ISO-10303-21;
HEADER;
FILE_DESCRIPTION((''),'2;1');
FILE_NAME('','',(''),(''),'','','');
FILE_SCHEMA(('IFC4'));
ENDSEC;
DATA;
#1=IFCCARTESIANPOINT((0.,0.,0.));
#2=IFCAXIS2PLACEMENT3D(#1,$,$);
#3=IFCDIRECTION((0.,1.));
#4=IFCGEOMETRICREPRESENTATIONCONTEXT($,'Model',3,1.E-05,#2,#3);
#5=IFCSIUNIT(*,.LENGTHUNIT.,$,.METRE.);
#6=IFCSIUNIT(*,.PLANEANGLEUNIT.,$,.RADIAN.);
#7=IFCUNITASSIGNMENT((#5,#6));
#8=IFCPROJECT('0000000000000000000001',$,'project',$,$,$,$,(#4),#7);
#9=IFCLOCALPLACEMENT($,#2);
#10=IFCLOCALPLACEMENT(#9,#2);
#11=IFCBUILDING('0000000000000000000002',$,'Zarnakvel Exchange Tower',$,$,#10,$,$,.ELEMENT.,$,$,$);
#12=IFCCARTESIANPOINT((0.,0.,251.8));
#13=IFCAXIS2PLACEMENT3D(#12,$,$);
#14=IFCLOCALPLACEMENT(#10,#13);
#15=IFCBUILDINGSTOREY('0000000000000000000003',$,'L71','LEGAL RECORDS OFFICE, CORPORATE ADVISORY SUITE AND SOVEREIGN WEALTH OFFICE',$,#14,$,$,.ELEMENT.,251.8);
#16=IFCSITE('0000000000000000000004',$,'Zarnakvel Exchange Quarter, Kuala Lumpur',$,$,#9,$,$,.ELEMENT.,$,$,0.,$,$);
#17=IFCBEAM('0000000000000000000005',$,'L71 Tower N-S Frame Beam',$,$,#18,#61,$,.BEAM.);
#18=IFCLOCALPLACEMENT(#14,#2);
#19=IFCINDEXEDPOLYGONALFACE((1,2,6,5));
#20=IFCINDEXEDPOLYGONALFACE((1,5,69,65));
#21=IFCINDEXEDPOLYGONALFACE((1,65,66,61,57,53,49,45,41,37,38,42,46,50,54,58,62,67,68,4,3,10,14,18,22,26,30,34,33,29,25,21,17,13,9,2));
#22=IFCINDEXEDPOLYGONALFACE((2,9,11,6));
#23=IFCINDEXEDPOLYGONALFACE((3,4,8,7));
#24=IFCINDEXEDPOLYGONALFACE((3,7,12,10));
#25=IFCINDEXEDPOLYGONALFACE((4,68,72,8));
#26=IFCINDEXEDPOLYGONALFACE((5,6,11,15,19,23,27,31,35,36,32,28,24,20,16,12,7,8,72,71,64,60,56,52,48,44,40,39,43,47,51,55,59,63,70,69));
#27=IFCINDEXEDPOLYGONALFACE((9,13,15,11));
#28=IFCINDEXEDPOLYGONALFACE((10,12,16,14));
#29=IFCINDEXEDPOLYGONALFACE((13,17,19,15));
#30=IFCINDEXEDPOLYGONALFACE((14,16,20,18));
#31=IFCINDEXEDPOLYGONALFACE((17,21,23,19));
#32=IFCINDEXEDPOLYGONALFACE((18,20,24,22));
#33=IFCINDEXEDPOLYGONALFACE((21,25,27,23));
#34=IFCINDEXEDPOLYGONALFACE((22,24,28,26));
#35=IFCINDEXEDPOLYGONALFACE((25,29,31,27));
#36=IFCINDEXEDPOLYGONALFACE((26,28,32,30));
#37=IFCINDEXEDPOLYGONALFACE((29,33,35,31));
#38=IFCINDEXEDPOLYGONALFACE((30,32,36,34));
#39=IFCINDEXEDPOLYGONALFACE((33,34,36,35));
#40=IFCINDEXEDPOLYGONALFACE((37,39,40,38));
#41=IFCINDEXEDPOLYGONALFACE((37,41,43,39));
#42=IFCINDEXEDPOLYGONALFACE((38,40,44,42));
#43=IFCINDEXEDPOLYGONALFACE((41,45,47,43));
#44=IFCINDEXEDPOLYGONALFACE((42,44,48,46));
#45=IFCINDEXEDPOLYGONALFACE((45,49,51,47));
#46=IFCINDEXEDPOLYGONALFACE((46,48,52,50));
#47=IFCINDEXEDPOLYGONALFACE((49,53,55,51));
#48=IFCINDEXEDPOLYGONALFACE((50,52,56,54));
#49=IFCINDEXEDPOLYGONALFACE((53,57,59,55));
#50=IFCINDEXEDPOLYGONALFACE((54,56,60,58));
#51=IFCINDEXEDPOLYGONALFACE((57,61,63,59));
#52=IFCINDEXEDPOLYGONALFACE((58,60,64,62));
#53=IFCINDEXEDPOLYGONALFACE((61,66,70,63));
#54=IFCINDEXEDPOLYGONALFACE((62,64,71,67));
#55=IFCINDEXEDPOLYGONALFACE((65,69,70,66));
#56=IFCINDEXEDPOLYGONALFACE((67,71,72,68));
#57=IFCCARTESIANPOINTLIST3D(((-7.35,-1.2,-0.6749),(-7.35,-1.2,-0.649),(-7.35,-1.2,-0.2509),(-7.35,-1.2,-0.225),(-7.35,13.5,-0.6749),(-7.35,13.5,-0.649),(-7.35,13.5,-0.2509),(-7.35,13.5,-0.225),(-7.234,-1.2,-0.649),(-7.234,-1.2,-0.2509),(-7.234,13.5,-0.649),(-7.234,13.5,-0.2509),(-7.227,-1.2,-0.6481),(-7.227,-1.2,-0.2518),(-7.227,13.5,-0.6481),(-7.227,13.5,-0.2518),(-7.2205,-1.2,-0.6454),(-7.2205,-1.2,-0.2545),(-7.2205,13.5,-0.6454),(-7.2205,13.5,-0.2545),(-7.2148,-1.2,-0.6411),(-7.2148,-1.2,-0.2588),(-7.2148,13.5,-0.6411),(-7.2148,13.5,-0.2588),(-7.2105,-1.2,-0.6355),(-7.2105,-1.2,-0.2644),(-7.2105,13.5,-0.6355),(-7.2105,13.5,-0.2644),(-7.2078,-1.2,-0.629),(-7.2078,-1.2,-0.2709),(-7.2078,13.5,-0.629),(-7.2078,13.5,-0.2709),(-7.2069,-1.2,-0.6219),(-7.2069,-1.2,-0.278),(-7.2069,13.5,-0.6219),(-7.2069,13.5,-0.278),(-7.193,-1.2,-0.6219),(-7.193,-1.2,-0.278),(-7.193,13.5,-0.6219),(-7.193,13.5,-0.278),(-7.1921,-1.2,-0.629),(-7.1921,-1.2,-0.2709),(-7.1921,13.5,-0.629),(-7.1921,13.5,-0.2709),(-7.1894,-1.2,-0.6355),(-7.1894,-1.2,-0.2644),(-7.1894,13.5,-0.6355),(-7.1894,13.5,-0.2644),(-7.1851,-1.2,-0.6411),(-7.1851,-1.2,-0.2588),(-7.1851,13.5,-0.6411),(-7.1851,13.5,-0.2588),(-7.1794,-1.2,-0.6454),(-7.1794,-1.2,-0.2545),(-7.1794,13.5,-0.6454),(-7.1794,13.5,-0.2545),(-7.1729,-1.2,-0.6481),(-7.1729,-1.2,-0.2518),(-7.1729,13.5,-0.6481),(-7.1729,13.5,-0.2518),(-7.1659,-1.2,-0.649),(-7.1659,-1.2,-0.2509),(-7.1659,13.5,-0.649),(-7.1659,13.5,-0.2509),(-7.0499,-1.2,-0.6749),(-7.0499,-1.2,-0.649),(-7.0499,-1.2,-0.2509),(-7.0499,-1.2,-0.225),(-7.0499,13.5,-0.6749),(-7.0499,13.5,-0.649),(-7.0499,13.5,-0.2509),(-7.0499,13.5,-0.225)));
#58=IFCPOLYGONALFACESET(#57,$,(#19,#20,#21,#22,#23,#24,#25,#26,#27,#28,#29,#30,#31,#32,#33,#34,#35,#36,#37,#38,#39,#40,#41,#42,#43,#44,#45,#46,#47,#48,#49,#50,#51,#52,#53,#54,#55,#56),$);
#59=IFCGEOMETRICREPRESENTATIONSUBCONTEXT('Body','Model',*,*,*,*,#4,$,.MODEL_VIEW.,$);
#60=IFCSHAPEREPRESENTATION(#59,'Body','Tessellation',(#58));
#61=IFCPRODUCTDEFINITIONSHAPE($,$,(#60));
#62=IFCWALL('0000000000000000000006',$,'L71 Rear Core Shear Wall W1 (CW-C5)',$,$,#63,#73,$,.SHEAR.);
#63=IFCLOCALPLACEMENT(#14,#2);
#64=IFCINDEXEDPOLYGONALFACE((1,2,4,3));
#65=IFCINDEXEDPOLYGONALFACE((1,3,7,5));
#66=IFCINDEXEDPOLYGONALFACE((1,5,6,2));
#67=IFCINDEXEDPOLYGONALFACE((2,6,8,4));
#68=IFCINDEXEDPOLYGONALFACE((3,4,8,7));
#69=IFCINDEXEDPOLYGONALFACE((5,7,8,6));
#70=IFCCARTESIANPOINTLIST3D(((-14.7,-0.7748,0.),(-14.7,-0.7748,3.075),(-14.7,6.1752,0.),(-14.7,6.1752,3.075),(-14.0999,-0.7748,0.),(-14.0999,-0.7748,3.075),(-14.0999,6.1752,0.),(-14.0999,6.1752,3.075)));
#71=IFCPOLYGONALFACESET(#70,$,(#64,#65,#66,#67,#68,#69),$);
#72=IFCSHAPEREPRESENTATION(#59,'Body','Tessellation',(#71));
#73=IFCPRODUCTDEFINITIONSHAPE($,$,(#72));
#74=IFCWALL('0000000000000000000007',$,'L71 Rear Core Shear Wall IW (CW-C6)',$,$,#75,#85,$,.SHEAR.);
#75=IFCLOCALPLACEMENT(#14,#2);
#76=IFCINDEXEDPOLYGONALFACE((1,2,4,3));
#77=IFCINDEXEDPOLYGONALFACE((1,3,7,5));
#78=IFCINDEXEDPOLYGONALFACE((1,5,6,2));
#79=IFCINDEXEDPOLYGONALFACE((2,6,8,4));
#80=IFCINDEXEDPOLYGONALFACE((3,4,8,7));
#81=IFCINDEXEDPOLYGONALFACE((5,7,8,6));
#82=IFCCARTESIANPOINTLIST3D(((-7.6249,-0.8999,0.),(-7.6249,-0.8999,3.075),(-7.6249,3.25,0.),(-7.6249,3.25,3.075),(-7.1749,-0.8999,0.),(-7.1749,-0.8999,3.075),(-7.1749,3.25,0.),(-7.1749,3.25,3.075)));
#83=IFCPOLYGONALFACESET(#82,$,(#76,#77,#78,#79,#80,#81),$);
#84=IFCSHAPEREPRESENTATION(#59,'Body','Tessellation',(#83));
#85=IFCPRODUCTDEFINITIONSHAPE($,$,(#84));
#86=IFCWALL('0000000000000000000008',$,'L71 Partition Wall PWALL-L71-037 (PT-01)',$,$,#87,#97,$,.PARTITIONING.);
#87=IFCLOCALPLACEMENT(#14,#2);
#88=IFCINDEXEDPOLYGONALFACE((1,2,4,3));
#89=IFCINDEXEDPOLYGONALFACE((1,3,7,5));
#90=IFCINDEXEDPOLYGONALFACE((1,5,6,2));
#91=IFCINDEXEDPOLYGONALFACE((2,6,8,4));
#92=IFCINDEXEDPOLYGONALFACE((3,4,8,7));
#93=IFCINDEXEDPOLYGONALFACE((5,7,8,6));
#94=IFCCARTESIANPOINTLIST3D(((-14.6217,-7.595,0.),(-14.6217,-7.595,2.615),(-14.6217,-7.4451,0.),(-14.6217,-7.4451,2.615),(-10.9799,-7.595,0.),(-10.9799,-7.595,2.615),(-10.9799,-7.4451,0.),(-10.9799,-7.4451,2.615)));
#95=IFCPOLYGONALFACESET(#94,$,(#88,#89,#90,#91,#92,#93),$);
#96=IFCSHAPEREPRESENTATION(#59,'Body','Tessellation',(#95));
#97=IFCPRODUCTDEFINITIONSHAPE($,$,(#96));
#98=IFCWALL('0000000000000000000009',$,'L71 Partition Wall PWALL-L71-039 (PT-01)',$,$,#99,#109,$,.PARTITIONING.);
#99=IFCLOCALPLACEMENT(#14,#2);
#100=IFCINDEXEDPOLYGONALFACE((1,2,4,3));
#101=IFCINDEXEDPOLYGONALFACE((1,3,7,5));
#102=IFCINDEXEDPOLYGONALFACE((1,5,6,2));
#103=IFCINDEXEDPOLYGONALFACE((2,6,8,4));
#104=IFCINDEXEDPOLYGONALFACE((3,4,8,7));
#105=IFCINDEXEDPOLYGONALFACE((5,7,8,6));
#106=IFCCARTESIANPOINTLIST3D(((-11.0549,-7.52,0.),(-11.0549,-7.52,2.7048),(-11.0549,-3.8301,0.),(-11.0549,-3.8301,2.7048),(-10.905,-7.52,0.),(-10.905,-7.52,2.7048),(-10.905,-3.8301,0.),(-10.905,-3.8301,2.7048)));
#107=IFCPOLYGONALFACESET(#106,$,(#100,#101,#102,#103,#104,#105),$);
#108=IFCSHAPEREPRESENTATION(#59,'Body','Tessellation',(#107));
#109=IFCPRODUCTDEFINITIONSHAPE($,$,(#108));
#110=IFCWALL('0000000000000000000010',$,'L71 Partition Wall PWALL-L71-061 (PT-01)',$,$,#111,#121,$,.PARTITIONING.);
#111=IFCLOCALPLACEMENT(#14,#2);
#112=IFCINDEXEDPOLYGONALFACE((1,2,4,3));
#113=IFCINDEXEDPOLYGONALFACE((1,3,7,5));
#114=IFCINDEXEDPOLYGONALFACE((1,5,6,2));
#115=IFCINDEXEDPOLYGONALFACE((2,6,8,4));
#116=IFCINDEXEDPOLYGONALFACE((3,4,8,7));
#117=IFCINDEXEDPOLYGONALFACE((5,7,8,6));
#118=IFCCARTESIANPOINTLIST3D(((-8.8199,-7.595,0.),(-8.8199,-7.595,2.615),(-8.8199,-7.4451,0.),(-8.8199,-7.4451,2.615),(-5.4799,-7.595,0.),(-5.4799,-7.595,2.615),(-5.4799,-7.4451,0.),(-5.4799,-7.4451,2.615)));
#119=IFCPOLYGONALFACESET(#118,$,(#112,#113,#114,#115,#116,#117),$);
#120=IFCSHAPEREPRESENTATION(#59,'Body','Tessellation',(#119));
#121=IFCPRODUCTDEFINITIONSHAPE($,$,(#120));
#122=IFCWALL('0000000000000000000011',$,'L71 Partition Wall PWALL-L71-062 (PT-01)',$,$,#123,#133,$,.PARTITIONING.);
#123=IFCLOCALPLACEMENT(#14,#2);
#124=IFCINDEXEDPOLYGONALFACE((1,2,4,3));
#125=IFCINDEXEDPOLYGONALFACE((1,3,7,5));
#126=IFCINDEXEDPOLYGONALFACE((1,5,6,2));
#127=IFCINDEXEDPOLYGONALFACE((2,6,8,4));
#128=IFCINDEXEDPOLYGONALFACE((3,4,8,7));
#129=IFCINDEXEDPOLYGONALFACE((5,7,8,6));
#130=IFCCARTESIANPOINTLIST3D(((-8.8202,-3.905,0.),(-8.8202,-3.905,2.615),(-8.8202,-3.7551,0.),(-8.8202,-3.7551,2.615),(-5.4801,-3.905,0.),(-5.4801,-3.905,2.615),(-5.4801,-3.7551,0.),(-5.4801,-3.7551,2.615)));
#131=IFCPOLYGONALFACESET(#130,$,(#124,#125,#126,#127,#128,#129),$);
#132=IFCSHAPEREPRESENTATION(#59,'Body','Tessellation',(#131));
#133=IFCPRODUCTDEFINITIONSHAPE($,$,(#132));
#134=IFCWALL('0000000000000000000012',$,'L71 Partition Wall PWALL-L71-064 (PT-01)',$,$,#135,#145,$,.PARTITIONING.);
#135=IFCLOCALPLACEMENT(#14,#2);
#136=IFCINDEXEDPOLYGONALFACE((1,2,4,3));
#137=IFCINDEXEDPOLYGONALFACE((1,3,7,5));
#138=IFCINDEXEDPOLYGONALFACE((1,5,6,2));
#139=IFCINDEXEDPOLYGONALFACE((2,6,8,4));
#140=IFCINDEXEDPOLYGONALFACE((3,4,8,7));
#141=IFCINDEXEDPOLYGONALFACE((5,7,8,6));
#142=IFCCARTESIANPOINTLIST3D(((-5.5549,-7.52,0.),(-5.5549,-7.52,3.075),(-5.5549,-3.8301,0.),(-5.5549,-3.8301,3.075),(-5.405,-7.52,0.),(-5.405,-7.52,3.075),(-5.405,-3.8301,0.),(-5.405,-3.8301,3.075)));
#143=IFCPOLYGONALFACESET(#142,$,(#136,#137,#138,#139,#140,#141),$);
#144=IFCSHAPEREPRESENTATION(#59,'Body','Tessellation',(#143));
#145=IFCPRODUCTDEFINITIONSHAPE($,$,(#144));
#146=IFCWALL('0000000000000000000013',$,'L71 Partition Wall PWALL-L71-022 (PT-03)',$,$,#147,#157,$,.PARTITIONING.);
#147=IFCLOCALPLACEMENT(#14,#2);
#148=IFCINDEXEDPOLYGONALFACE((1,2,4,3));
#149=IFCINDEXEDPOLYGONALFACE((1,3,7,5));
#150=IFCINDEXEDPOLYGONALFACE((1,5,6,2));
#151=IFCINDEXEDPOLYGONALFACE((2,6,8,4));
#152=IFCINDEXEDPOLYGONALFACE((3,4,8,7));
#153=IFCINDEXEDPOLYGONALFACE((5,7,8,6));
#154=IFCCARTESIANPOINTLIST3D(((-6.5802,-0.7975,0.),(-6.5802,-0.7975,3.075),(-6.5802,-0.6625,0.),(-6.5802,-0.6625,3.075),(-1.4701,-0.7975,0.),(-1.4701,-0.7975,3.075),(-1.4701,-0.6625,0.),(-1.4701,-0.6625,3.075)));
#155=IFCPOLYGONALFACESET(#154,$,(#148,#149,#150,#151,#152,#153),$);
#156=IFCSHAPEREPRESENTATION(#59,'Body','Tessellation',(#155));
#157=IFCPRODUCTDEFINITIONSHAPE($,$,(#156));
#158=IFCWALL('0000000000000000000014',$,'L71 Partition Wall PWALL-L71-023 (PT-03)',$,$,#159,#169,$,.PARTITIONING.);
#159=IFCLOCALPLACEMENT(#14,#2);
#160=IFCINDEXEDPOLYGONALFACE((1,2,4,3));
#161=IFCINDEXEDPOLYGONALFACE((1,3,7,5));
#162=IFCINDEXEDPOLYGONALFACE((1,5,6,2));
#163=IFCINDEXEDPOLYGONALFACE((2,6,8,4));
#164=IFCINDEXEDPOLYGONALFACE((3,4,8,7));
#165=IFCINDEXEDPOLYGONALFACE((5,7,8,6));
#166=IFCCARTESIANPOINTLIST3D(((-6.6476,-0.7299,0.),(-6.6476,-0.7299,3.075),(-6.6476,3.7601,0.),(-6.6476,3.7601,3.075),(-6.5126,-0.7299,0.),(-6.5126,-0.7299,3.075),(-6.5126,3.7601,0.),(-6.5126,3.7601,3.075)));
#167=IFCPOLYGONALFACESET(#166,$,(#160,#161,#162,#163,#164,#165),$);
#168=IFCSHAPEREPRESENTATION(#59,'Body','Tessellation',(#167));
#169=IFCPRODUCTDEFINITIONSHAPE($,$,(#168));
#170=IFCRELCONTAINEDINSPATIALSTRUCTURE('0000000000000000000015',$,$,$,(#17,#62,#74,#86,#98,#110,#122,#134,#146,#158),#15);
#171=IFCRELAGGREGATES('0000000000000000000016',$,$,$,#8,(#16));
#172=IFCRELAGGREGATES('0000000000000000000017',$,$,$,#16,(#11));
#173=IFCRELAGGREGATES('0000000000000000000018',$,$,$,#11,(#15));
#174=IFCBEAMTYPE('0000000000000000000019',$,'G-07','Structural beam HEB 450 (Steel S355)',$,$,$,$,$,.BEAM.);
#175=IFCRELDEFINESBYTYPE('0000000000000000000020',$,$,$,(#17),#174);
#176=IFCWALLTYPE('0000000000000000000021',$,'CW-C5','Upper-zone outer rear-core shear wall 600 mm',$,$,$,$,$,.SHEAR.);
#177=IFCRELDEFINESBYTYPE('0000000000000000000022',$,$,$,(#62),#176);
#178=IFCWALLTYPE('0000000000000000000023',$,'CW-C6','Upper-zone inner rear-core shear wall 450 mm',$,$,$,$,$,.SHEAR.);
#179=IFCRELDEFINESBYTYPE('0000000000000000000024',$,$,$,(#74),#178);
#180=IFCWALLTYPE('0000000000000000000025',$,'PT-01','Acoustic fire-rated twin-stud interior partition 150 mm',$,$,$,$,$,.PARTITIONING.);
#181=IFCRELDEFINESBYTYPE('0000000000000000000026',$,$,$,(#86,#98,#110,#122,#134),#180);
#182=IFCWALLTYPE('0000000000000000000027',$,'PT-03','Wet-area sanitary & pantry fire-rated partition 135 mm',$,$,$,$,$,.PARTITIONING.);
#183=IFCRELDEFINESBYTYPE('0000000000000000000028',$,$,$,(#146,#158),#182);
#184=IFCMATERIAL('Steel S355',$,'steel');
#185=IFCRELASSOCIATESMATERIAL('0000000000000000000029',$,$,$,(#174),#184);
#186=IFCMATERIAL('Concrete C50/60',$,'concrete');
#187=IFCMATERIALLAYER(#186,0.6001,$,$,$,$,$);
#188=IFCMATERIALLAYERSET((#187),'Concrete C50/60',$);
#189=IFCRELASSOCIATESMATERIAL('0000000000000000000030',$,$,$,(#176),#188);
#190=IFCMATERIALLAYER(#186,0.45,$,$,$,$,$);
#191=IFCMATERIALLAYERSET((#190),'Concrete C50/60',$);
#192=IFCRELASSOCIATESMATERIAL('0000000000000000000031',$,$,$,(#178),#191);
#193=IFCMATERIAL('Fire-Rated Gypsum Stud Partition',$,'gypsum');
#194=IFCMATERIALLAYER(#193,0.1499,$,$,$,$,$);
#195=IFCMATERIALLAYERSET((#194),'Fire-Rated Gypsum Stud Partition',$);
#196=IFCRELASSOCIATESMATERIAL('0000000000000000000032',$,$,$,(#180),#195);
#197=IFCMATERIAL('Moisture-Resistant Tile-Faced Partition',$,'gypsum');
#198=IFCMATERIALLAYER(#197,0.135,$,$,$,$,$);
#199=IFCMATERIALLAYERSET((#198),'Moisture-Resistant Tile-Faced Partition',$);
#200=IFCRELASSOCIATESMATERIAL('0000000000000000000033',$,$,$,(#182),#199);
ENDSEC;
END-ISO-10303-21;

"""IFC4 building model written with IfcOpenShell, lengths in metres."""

from ifc_helpers import new_model, si_unit, direction, frame, frame_2d, origin, origin_2d, place, context, subcontext, project, spatial, rectangle, i_section, extrude, material, layer, layer_set, material_profile, profile_set, type_object, element, save


model = new_model("IFC4")

# Units and contexts
model_context = context("Model", 3, precision=1e-05, world=origin(), true_north=direction((0.0, 1.0)))
body_context = subcontext(model_context, "Body", "Model", "MODEL_VIEW")
ifc_project = project(units=[si_unit("LENGTHUNIT", "METRE"), si_unit("PLANEANGLEUNIT", "RADIAN")], contexts=[model_context])

# Site, building, storey
site_placement = place(None, origin())
site = spatial("IfcSite", under=ifc_project, at=site_placement, Name="Zarnakvel Exchange Quarter, Kuala Lumpur", CompositionType="ELEMENT", RefElevation=0.0)
building_placement = place(site_placement, origin())
building = spatial("IfcBuilding", under=site, at=building_placement, Name="Zarnakvel Exchange Tower", CompositionType="ELEMENT")
storey_placement = place(building_placement, frame((0.0, 0.0, 251.8)))
storey = spatial("IfcBuildingStorey", under=building, at=storey_placement, Name="L71", Description="LEGAL RECORDS OFFICE, CORPORATE ADVISORY SUITE AND SOVEREIGN WEALTH OFFICE", CompositionType="ELEMENT", Elevation=251.8)

# Shared definitions
ifc_material_1 = material(Name="Concrete C50/60", Category="concrete")

# Beam
ifc_material_2 = material(Name="Steel S355", Category="steel")
ifc_material_profile_1 = material_profile(ifc_material_2, i_section(OverallWidth=0.3, OverallDepth=0.45, WebThickness=0.0139, FlangeThickness=0.0259, FilletRadius=0.0271, at=origin_2d()))
ifc_profile_set_1 = profile_set([ifc_material_profile_1], Name="Steel S355")
beam_type_1 = type_object("IfcBeamType", Name="G-07", Description="Structural beam HEB 450 (Steel S355)", PredefinedType="BEAM", material=ifc_profile_set_1)
beam_1_placement = place(storey_placement, frame((-7.2, -1.2, -0.45), z_axis=(0.0, 1.0, 0.0), x_axis=(-1.0, 0.0, 0.0)))
element("IfcBeam", 1, at=beam_1_placement, inside=storey, type_object=beam_type_1, Name="L71 Tower N-S Frame Beam", PredefinedType="BEAM", context=body_context, shape_type="SweptSolid", body=[
    extrude(i_section(OverallWidth=0.3, OverallDepth=0.45, WebThickness=0.0139, FlangeThickness=0.0259, FilletRadius=0.0271, at=origin_2d()), origin(), (0.0, 0.0, 1.0), 14.7),
])

# Wall
ifc_layer_1 = layer(ifc_material_1, 0.6001)
ifc_layer_set_1 = layer_set([ifc_layer_1], Name="Concrete C50/60")
wall_type_1 = type_object("IfcWallType", Name="CW-C5", Description="Upper-zone outer rear-core shear wall 600 mm", PredefinedType="SHEAR", material=ifc_layer_set_1)
wall_1_placement = place(storey_placement, frame((-14.3999, -0.7749, 0.0), z_axis=(0.0, 0.0, 1.0), x_axis=(0.0, 1.0, 0.0)))
element("IfcWall", 2, at=wall_1_placement, inside=storey, type_object=wall_type_1, Name="L71 Rear Core Shear Wall W1 (CW-C5)", PredefinedType="SHEAR", context=body_context, shape_type="SweptSolid", body=[
    extrude(rectangle(XDim=6.95, YDim=0.6001, at=frame_2d((3.4751, 0.0))), origin(), (0.0, 0.0, 1.0), 3.075),
])

# Walls
ifc_layer_2 = layer(ifc_material_1, 0.45)
ifc_layer_set_2 = layer_set([ifc_layer_2], Name="Concrete C50/60")
wall_type_2 = type_object("IfcWallType", Name="CW-C6", Description="Upper-zone inner rear-core shear wall 450 mm", PredefinedType="SHEAR", material=ifc_layer_set_2)
wall_2_placement = place(storey_placement, frame((-7.3999, -0.8999, 0.0), z_axis=(0.0, 0.0, 1.0), x_axis=(0.0, 1.0, 0.0)))
element("IfcWall", 3, at=wall_2_placement, inside=storey, type_object=wall_type_2, Name="L71 Rear Core Shear Wall IW (CW-C6)", PredefinedType="SHEAR", context=body_context, shape_type="SweptSolid", body=[
    extrude(rectangle(XDim=4.1499, YDim=0.45, at=frame_2d((2.075, 0.0))), origin(), (0.0, 0.0, 1.0), 3.075),
])
ifc_material_3 = material(Name="Fire-Rated Gypsum Stud Partition", Category="gypsum")
ifc_layer_3 = layer(ifc_material_3, 0.1499)
ifc_layer_set_3 = layer_set([ifc_layer_3], Name="Fire-Rated Gypsum Stud Partition")
wall_type_3 = type_object("IfcWallType", Name="PT-01", Description="Acoustic fire-rated twin-stud interior partition 150 mm", PredefinedType="PARTITIONING", material=ifc_layer_set_3)
wall_3_placement = place(storey_placement, frame((-10.98, -7.52, 0.0), z_axis=(0.0, 0.0, 1.0), x_axis=(-1.0, 0.0, 0.0)))
element("IfcWall", 4, at=wall_3_placement, inside=storey, type_object=wall_type_3, Name="L71 Partition Wall PWALL-L71-037 (PT-01)", PredefinedType="PARTITIONING", context=body_context, shape_type="SweptSolid", body=[
    extrude(rectangle(XDim=3.6418, YDim=0.1499, at=frame_2d((1.8208, 0.0))), origin(), (0.0, 0.0, 1.0), 2.615),
])
wall_4_placement = place(storey_placement, frame((-10.98, -3.8301, 0.0), z_axis=(0.0, 0.0, 1.0), x_axis=(0.0, -1.0, 0.0)))
element("IfcWall", 5, at=wall_4_placement, inside=storey, type_object=wall_type_3, Name="L71 Partition Wall PWALL-L71-039 (PT-01)", PredefinedType="PARTITIONING", context=body_context, shape_type="SweptSolid", body=[
    extrude(rectangle(XDim=3.6899, YDim=0.1499, at=frame_2d((1.845, 0.0))), origin(), (0.0, 0.0, 1.0), 2.7048),
])
for number, where, z_axis, x_axis, name in (
    (6, (-5.48, -7.52, 0.0), (0.0, 0.0, 1.0), (-1.0, 0.0, 0.0), "L71 Partition Wall PWALL-L71-061 (PT-01)"),
    (7, (-8.8201, -3.8301, 0.0), (0.0, 0.0, 1.0), (1.0, 0.0, 0.0), "L71 Partition Wall PWALL-L71-062 (PT-01)"),
):
    element("IfcWall", number, at=place(storey_placement, frame(where, z_axis=z_axis, x_axis=x_axis)), inside=storey, type_object=wall_type_3, Name=name, PredefinedType="PARTITIONING", context=body_context, shape_type="SweptSolid", body=[
        extrude(rectangle(XDim=3.3401, YDim=0.1499, at=frame_2d((1.6699, 0.0))), origin(), (0.0, 0.0, 1.0), 2.615),
    ])

# Walls
wall_5_placement = place(storey_placement, frame((-5.48, -3.8301, 0.0), z_axis=(0.0, 0.0, 1.0), x_axis=(0.0, -1.0, 0.0)))
element("IfcWall", 8, at=wall_5_placement, inside=storey, type_object=wall_type_3, Name="L71 Partition Wall PWALL-L71-064 (PT-01)", PredefinedType="PARTITIONING", context=body_context, shape_type="SweptSolid", body=[
    extrude(rectangle(XDim=3.6899, YDim=0.1499, at=frame_2d((1.845, 0.0))), origin(), (0.0, 0.0, 1.0), 3.075),
])
ifc_material_4 = material(Name="Moisture-Resistant Tile-Faced Partition", Category="gypsum")
ifc_layer_4 = layer(ifc_material_4, 0.135)
ifc_layer_set_4 = layer_set([ifc_layer_4], Name="Moisture-Resistant Tile-Faced Partition")
wall_type_4 = type_object("IfcWallType", Name="PT-03", Description="Wet-area sanitary & pantry fire-rated partition 135 mm", PredefinedType="PARTITIONING", material=ifc_layer_set_4)
wall_6_placement = place(storey_placement, frame((-1.47, -0.73, 0.0), z_axis=(0.0, 0.0, 1.0), x_axis=(-1.0, 0.0, 0.0)))
element("IfcWall", 9, at=wall_6_placement, inside=storey, type_object=wall_type_4, Name="L71 Partition Wall PWALL-L71-022 (PT-03)", PredefinedType="PARTITIONING", context=body_context, shape_type="SweptSolid", body=[
    extrude(rectangle(XDim=5.1101, YDim=0.135, at=frame_2d((2.5552, 0.0))), origin(), (0.0, 0.0, 1.0), 3.075),
])
wall_7_placement = place(storey_placement, frame((-6.5801, -0.73, 0.0), z_axis=(0.0, 0.0, 1.0), x_axis=(0.0, 1.0, 0.0)))
element("IfcWall", 10, at=wall_7_placement, inside=storey, type_object=wall_type_4, Name="L71 Partition Wall PWALL-L71-023 (PT-03)", PredefinedType="PARTITIONING", context=body_context, shape_type="SweptSolid", body=[
    extrude(rectangle(XDim=4.49, YDim=0.135, at=frame_2d((2.2451, 0.0))), origin(), (0.0, 0.0, 1.0), 3.075),
])

save(model, "model.ifc")
